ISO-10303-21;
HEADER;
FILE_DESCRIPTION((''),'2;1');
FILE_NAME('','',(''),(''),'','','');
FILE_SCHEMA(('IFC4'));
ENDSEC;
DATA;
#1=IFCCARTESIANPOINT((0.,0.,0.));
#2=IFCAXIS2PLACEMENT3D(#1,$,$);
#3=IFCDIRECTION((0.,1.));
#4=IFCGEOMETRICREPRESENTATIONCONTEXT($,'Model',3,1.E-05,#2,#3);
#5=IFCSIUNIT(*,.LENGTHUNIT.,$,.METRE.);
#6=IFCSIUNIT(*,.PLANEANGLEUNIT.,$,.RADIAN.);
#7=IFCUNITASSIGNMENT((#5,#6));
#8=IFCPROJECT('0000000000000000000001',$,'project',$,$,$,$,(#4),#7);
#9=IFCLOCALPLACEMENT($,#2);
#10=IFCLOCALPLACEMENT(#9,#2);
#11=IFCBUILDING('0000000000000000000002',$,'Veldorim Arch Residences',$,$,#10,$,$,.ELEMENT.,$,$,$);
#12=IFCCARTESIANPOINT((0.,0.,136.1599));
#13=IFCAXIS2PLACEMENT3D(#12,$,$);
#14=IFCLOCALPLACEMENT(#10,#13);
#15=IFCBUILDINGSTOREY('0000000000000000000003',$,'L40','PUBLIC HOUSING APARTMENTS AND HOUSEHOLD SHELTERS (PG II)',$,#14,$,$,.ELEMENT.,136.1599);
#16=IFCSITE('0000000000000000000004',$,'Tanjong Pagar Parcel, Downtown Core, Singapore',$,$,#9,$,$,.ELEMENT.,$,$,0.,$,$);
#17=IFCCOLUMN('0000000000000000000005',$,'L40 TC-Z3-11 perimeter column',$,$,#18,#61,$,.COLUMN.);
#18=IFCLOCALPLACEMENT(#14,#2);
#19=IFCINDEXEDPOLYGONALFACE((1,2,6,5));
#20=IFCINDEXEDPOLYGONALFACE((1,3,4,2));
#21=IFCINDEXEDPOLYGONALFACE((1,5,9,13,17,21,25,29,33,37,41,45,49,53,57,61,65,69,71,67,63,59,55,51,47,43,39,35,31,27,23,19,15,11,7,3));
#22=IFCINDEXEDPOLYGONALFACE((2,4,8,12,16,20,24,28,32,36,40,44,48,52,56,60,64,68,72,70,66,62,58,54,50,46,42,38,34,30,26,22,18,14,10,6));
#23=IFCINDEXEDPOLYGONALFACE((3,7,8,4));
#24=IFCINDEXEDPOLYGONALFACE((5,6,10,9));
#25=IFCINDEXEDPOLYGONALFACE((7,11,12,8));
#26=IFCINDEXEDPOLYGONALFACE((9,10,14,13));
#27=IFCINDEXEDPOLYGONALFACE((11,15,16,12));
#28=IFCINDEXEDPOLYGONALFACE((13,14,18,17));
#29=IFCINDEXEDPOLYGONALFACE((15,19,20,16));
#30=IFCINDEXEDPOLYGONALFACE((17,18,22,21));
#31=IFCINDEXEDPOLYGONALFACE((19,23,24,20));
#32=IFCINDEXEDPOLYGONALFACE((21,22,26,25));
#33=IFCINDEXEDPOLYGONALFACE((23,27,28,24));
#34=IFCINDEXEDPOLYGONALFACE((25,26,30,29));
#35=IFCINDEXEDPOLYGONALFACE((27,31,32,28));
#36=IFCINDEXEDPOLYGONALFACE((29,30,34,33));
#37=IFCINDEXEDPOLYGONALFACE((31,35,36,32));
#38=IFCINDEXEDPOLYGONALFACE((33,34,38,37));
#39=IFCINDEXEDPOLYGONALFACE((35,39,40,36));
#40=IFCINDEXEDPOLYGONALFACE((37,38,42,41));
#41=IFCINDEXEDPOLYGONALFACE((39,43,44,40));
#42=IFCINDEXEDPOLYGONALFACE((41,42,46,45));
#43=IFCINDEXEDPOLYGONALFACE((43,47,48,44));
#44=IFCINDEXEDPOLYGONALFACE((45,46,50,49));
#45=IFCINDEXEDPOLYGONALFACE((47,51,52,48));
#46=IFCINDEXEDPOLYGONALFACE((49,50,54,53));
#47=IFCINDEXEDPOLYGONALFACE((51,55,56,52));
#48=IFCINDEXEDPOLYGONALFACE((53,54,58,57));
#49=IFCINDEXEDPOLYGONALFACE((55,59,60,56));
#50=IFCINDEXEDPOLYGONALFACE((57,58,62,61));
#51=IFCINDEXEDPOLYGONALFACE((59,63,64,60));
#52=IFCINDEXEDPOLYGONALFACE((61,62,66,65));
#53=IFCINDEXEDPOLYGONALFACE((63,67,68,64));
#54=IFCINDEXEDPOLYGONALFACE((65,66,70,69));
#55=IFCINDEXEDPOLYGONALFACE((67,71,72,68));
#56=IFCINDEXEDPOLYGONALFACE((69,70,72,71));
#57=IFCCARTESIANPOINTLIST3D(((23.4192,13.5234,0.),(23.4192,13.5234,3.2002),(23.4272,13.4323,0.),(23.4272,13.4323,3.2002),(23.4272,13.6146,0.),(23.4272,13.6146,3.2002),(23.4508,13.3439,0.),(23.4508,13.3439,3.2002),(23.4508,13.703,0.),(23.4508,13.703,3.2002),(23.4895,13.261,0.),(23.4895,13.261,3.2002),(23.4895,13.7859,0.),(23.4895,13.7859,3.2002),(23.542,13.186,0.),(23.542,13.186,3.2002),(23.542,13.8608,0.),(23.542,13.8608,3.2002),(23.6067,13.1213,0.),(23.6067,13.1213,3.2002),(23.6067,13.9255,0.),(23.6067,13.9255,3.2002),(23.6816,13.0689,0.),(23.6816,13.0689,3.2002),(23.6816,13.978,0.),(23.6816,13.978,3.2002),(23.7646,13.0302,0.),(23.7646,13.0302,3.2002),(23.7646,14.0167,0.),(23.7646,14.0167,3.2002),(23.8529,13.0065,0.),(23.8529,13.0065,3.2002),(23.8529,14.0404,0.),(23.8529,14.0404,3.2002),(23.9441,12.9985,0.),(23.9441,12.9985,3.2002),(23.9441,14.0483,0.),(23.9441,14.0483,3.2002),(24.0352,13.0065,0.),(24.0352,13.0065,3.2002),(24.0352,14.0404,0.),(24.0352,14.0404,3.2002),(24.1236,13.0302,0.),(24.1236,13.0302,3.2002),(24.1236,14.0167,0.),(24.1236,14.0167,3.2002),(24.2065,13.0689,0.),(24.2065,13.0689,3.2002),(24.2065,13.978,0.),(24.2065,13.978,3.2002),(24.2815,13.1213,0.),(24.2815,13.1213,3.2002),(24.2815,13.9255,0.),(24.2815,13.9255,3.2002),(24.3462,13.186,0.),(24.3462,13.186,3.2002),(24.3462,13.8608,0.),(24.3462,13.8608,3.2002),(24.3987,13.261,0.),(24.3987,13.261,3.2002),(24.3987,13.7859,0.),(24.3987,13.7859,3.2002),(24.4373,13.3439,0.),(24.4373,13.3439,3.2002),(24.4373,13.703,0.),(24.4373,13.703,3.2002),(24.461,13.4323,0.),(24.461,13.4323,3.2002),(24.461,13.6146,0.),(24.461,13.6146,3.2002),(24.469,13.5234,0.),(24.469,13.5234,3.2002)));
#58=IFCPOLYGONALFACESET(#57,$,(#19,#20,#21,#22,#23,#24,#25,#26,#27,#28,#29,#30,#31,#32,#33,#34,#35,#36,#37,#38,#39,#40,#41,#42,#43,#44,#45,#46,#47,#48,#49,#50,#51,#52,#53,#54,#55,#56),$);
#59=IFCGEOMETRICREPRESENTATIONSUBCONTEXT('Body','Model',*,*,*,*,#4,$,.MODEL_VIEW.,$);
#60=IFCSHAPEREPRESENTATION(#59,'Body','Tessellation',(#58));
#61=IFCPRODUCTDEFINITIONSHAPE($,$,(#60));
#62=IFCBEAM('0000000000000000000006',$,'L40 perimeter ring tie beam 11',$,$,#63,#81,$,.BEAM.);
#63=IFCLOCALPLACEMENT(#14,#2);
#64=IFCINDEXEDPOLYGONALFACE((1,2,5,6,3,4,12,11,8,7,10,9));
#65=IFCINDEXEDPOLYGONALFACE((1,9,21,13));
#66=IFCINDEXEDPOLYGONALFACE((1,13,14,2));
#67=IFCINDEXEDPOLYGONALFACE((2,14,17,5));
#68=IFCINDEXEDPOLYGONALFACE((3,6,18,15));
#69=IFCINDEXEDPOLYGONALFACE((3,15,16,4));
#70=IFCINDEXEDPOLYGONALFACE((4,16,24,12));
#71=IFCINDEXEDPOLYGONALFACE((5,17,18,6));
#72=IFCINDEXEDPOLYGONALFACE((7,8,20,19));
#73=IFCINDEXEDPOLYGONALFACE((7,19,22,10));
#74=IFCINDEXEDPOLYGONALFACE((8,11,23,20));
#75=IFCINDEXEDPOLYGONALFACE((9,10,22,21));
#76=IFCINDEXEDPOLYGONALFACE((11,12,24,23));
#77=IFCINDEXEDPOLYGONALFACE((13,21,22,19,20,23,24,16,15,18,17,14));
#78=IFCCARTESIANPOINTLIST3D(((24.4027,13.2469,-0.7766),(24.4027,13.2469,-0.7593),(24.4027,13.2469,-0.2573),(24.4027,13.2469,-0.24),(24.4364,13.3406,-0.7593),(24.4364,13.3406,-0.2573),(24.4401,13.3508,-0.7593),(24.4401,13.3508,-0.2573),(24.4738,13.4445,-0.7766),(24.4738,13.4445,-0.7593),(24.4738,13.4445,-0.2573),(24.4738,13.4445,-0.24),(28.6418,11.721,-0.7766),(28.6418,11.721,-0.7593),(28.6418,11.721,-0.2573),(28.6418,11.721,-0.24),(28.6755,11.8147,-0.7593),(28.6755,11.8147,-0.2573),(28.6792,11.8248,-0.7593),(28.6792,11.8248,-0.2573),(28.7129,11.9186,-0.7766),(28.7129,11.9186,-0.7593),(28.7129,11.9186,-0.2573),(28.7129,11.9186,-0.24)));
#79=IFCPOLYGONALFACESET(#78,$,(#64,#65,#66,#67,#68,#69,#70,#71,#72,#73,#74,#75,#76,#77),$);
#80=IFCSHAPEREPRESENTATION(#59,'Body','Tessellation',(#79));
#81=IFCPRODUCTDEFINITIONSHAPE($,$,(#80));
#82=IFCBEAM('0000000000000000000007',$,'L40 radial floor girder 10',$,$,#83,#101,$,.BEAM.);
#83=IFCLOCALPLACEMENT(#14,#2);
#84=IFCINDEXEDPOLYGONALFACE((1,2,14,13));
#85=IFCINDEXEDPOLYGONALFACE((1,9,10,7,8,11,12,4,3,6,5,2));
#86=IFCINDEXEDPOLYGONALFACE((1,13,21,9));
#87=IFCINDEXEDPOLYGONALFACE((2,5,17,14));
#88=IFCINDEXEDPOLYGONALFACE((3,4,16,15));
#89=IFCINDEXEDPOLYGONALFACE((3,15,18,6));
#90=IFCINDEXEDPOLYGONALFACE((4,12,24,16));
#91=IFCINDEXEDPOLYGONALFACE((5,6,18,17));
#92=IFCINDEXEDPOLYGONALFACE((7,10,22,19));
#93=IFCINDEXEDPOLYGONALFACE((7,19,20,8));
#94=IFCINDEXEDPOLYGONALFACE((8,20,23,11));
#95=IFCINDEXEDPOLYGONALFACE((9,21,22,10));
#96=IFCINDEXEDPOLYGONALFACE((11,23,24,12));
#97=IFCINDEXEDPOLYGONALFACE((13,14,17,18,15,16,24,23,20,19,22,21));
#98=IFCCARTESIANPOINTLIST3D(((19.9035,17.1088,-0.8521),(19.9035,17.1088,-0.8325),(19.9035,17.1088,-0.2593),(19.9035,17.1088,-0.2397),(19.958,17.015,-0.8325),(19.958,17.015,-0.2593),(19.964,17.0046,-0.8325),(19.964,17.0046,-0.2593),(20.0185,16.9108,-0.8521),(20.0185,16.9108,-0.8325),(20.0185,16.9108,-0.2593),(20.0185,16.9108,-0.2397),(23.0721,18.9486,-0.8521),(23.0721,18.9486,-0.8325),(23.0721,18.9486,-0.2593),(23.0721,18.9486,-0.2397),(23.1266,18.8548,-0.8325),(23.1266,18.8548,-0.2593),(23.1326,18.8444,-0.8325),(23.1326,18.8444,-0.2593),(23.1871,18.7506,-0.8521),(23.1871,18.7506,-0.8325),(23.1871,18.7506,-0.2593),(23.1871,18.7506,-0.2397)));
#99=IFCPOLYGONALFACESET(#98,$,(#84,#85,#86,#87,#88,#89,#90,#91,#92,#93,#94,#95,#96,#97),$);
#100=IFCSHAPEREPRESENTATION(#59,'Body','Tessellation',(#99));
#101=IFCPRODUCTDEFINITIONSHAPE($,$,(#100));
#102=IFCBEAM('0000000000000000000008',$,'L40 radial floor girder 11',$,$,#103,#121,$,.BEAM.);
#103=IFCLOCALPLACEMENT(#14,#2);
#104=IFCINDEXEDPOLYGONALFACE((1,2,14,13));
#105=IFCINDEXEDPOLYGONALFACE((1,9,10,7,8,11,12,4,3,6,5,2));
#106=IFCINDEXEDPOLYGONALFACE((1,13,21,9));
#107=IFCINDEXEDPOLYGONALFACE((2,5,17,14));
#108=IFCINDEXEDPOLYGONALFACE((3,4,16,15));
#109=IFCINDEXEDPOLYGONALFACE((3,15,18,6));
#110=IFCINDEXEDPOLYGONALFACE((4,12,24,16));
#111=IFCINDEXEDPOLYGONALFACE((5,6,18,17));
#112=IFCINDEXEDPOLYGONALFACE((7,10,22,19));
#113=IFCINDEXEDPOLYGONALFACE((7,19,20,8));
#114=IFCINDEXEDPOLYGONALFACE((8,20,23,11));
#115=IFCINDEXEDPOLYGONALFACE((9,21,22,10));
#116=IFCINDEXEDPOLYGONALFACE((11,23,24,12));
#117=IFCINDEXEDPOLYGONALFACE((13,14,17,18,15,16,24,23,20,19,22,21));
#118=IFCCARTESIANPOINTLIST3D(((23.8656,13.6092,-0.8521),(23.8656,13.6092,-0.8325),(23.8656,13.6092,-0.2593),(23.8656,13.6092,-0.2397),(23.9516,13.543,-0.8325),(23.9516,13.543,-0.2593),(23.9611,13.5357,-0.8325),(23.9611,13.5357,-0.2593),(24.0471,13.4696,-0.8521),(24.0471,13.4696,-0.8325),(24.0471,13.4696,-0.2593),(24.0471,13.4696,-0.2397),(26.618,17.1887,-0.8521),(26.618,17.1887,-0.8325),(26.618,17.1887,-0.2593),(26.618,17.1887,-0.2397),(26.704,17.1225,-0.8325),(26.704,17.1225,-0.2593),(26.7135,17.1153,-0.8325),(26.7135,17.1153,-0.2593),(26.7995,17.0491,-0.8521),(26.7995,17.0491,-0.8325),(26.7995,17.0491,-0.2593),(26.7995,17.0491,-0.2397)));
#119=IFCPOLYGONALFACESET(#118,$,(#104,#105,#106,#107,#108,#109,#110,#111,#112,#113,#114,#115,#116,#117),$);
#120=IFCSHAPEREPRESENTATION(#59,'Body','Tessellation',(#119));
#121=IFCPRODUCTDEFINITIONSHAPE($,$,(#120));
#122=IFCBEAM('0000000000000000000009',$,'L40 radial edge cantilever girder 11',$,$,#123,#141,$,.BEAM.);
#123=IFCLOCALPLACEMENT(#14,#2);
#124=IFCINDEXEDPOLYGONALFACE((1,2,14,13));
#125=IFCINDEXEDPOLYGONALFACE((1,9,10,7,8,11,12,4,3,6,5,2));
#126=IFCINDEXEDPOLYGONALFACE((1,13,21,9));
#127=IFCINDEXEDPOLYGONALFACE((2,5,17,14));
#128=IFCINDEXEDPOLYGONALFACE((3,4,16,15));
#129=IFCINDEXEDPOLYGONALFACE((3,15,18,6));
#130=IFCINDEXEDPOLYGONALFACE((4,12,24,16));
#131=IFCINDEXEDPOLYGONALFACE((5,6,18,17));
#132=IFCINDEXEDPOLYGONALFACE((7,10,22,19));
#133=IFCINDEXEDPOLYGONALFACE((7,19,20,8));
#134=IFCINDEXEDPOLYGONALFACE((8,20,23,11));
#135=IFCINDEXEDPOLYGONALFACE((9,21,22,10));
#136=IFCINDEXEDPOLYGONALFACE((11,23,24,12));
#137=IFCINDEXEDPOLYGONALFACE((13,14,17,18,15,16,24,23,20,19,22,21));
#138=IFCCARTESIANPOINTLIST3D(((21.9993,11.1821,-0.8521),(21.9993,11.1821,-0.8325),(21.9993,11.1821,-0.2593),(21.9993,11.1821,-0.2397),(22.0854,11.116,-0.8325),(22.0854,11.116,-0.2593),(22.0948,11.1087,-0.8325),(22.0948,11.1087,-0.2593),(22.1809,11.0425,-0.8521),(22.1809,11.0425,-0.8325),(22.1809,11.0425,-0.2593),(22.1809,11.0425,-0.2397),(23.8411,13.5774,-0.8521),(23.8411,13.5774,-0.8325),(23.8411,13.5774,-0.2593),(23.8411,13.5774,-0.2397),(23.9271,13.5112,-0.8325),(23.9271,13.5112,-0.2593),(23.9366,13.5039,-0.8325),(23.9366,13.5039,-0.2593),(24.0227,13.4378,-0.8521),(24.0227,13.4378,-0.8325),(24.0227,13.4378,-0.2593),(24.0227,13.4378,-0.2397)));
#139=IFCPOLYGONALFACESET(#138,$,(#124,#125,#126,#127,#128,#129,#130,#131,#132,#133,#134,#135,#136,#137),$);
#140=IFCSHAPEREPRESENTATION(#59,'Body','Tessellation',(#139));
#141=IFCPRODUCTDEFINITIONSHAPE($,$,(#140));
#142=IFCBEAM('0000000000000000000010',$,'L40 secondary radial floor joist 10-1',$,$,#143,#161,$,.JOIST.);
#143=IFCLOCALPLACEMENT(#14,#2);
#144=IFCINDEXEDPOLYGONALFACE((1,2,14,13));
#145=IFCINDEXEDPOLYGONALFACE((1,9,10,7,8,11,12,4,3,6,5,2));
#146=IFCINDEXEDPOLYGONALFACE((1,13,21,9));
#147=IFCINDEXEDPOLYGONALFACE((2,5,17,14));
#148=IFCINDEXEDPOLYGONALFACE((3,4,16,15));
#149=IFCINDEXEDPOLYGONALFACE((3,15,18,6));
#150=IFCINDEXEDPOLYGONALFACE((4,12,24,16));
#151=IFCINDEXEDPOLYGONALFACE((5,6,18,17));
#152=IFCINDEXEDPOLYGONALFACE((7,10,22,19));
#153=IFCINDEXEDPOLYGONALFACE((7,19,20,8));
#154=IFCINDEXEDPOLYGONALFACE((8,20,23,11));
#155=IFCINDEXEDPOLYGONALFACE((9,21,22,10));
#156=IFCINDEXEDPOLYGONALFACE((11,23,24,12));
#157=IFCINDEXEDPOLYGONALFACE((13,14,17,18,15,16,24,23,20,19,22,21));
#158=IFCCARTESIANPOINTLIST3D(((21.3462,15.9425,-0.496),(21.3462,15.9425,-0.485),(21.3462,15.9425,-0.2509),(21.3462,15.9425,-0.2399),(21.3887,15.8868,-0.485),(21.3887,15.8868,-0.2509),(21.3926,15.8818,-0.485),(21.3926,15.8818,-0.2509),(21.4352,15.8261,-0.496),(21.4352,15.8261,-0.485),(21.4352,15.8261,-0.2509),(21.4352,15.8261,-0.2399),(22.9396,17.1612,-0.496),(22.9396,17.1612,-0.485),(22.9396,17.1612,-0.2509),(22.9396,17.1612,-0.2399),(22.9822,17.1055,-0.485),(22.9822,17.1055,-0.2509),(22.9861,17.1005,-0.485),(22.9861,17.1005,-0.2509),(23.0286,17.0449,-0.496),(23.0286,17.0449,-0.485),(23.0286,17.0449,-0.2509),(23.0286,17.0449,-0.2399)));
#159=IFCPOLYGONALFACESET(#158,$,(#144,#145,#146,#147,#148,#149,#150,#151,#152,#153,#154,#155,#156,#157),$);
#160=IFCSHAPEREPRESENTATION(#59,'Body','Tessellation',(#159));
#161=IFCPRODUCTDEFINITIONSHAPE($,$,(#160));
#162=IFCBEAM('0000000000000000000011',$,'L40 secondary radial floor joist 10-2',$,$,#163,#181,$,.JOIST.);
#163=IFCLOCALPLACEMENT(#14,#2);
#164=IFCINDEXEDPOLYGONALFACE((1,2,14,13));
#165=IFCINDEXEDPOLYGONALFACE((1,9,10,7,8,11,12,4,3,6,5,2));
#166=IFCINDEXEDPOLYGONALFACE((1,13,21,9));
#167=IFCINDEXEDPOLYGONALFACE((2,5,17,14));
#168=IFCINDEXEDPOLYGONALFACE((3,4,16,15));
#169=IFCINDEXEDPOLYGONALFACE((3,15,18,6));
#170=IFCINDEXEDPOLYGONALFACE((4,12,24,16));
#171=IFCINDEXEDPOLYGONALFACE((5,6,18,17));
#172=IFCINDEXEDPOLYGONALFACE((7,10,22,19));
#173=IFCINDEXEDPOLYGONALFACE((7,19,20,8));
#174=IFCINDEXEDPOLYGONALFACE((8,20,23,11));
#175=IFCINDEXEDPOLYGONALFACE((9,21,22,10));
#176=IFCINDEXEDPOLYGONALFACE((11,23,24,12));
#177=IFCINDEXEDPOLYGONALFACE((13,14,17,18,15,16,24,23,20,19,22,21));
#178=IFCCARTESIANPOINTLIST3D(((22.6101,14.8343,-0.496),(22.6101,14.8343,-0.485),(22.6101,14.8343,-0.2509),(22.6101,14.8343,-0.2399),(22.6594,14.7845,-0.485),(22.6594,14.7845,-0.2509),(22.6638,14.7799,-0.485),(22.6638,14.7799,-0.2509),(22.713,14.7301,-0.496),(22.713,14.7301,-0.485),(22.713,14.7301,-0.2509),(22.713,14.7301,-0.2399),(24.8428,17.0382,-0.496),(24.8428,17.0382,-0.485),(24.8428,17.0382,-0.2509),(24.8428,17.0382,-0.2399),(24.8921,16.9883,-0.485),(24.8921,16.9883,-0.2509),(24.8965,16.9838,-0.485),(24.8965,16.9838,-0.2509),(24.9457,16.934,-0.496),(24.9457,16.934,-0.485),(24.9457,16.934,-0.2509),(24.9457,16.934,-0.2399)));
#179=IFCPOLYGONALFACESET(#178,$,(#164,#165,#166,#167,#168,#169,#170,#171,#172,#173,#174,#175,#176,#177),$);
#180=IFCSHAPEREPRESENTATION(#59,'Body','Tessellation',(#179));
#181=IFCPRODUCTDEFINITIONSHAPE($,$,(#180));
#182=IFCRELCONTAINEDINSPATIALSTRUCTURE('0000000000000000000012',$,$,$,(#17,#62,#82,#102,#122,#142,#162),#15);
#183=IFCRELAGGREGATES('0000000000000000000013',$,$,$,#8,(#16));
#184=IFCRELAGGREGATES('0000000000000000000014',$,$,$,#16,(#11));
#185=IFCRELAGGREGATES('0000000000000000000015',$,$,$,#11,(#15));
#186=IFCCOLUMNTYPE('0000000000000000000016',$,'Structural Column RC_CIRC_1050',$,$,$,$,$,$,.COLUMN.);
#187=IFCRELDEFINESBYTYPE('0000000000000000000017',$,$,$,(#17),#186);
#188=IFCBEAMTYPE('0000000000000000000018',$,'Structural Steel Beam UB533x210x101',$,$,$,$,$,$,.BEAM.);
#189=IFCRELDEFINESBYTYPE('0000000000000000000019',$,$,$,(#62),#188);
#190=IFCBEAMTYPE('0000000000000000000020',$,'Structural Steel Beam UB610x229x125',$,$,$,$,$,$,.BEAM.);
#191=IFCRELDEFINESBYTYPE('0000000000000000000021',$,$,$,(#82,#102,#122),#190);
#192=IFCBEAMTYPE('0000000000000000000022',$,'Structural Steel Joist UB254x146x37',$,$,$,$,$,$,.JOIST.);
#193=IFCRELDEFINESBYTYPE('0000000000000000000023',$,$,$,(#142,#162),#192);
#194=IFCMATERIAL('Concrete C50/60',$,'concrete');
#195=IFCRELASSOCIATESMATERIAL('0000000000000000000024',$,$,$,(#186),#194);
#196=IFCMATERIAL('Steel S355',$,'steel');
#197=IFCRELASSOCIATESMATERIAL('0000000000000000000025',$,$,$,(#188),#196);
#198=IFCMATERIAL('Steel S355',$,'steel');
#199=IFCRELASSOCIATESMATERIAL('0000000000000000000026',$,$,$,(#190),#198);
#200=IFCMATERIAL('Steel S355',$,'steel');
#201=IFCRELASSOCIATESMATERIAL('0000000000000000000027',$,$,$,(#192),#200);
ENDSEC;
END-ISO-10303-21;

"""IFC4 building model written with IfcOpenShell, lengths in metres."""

from ifc_helpers import new_model, si_unit, direction, frame, origin, origin_2d, place, context, subcontext, project, spatial, circle, i_section, extrude, material, material_profile, profile_set, type_object, element, save


model = new_model("IFC4")

# Units and contexts
model_context = context("Model", 3, precision=1e-05, world=origin(), true_north=direction((0.0, 1.0)))
body_context = subcontext(model_context, "Body", "Model", "MODEL_VIEW")
ifc_project = project(units=[si_unit("LENGTHUNIT", "METRE"), si_unit("PLANEANGLEUNIT", "RADIAN")], contexts=[model_context])

# Site, building, storey
site_placement = place(None, origin())
site = spatial("IfcSite", under=ifc_project, at=site_placement, Name="Tanjong Pagar Parcel, Downtown Core, Singapore", CompositionType="ELEMENT", RefElevation=0.0)
building_placement = place(site_placement, origin())
building = spatial("IfcBuilding", under=site, at=building_placement, Name="Veldorim Arch Residences", CompositionType="ELEMENT")
storey_placement = place(building_placement, frame((0.0, 0.0, 136.1599)))
storey = spatial("IfcBuildingStorey", under=building, at=storey_placement, Name="L40", Description="PUBLIC HOUSING APARTMENTS AND HOUSEHOLD SHELTERS (PG II)", CompositionType="ELEMENT", Elevation=136.1599)

# Column
ifc_material_1 = material(Name="Concrete C50/60", Category="concrete")
ifc_material_profile_1 = material_profile(ifc_material_1, circle(Radius=0.5249, at=origin_2d()), Name="RC_CIRC_1050")
ifc_profile_set_1 = profile_set([ifc_material_profile_1], Name="Concrete C50/60")
column_type = type_object("IfcColumnType", Name="Structural Column RC_CIRC_1050", PredefinedType="COLUMN", material=ifc_profile_set_1)
column_placement = place(storey_placement, frame((23.9441, 13.5234, 0.0), z_axis=(0.0, 0.0, 1.0), x_axis=(1.0, 0.0, 0.0)))
element("IfcColumn", 1, at=column_placement, inside=storey, type_object=column_type, Name="L40 TC-Z3-11 perimeter column", PredefinedType="COLUMN", context=body_context, shape_type="SweptSolid", body=[
    extrude(circle(Radius=0.5249, at=origin_2d()), origin(), (0.0, 0.0, 1.0), 3.2002),
])

# Beams
ifc_material_2 = material(Name="Steel S355", Category="steel")
ifc_material_profile_2 = material_profile(ifc_material_2, i_section(OverallWidth=0.21, OverallDepth=0.5366, WebThickness=0.0107, FlangeThickness=0.0173, at=origin_2d()), Name="UB533x210x101")
ifc_profile_set_2 = profile_set([ifc_material_profile_2], Name="Steel S355")
beam_type_1 = type_object("IfcBeamType", Name="Structural Steel Beam UB533x210x101", PredefinedType="BEAM", material=ifc_profile_set_2)
beam_1_placement = place(storey_placement, frame((24.4382, 13.3457, -0.5083), z_axis=(0.940899, -0.338687, 0.0), x_axis=(0.338687, 0.940899, 0.0)))
element("IfcBeam", 2, at=beam_1_placement, inside=storey, type_object=beam_type_1, Name="L40 perimeter ring tie beam 11", PredefinedType="BEAM", context=body_context, shape_type="SweptSolid", body=[
    extrude(i_section(OverallWidth=0.21, OverallDepth=0.5366, WebThickness=0.0107, FlangeThickness=0.0173, at=origin_2d()), origin(), (0.0, 0.0, 1.0), 4.5054),
])
ifc_material_3 = material(Name="Steel S355", Category="steel")
ifc_material_profile_3 = material_profile(ifc_material_3, i_section(OverallWidth=0.229, OverallDepth=0.6123, WebThickness=0.012, FlangeThickness=0.0195, at=origin_2d()), Name="UB610x229x125")
ifc_profile_set_3 = profile_set([ifc_material_profile_3], Name="Steel S355")
beam_type_2 = type_object("IfcBeamType", Name="Structural Steel Beam UB610x229x125", PredefinedType="BEAM", material=ifc_profile_set_3)
beam_2_placement = place(storey_placement, frame((23.1296, 18.8496, -0.5459), z_axis=(-0.864795, -0.502126, 0.0), x_axis=(0.502126, -0.864795, 0.0)))
element("IfcBeam", 3, at=beam_2_placement, inside=storey, type_object=beam_type_2, Name="L40 radial floor girder 10", PredefinedType="BEAM", context=body_context, shape_type="SweptSolid", body=[
    extrude(i_section(OverallWidth=0.229, OverallDepth=0.6123, WebThickness=0.012, FlangeThickness=0.0195, at=origin_2d()), origin(), (0.0, 0.0, 1.0), 3.6641),
])
beam_3_placement = place(storey_placement, frame((26.7087, 17.1189, -0.5459), z_axis=(-0.609559, -0.792741, 0.0), x_axis=(0.792741, -0.609559, 0.0)))
element("IfcBeam", 4, at=beam_3_placement, inside=storey, type_object=beam_type_2, Name="L40 radial floor girder 11", PredefinedType="BEAM", context=body_context, shape_type="SweptSolid", body=[
    extrude(i_section(OverallWidth=0.229, OverallDepth=0.6123, WebThickness=0.012, FlangeThickness=0.0195, at=origin_2d()), origin(), (0.0, 0.0, 1.0), 4.5154),
])
beam_4_placement = place(storey_placement, frame((23.9319, 13.5076, -0.5459), z_axis=(-0.609562, -0.792738, 0.0), x_axis=(0.792738, -0.609562, 0.0)))
element("IfcBeam", 5, at=beam_4_placement, inside=storey, type_object=beam_type_2, Name="L40 radial edge cantilever girder 11", PredefinedType="BEAM", context=body_context, shape_type="SweptSolid", body=[
    extrude(i_section(OverallWidth=0.229, OverallDepth=0.6123, WebThickness=0.012, FlangeThickness=0.0195, at=origin_2d()), origin(), (0.0, 0.0, 1.0), 3.0215),
])
ifc_material_4 = material(Name="Steel S355", Category="steel")
ifc_material_profile_4 = material_profile(ifc_material_4, i_section(OverallWidth=0.1465, OverallDepth=0.2561, WebThickness=0.0063, FlangeThickness=0.011, at=origin_2d()), Name="UB254x146x37")
ifc_profile_set_4 = profile_set([ifc_material_profile_4], Name="Steel S355")
beam_type_3 = type_object("IfcBeamType", Name="Structural Steel Joist UB254x146x37", PredefinedType="JOIST", material=ifc_profile_set_4)
beam_5_placement = place(storey_placement, frame((22.9841, 17.103, -0.3679), z_axis=(-0.794313, -0.607509, 0.0), x_axis=(0.607509, -0.794313, 0.0)))
element("IfcBeam", 6, at=beam_5_placement, inside=storey, type_object=beam_type_3, Name="L40 secondary radial floor joist 10-1", PredefinedType="JOIST", context=body_context, shape_type="SweptSolid", body=[
    extrude(i_section(OverallWidth=0.1465, OverallDepth=0.2561, WebThickness=0.0063, FlangeThickness=0.011, at=origin_2d()), origin(), (0.0, 0.0, 1.0), 2.0061),
])
beam_6_placement = place(storey_placement, frame((24.8943, 16.9861, -0.3679), z_axis=(-0.711683, -0.7025, 0.0), x_axis=(0.7025, -0.711683, 0.0)))
element("IfcBeam", 7, at=beam_6_placement, inside=storey, type_object=beam_type_3, Name="L40 secondary radial floor joist 10-2", PredefinedType="JOIST", context=body_context, shape_type="SweptSolid", body=[
    extrude(i_section(OverallWidth=0.1465, OverallDepth=0.2561, WebThickness=0.0063, FlangeThickness=0.011, at=origin_2d()), origin(), (0.0, 0.0, 1.0), 3.1372),
])

save(model, "model.ifc")
